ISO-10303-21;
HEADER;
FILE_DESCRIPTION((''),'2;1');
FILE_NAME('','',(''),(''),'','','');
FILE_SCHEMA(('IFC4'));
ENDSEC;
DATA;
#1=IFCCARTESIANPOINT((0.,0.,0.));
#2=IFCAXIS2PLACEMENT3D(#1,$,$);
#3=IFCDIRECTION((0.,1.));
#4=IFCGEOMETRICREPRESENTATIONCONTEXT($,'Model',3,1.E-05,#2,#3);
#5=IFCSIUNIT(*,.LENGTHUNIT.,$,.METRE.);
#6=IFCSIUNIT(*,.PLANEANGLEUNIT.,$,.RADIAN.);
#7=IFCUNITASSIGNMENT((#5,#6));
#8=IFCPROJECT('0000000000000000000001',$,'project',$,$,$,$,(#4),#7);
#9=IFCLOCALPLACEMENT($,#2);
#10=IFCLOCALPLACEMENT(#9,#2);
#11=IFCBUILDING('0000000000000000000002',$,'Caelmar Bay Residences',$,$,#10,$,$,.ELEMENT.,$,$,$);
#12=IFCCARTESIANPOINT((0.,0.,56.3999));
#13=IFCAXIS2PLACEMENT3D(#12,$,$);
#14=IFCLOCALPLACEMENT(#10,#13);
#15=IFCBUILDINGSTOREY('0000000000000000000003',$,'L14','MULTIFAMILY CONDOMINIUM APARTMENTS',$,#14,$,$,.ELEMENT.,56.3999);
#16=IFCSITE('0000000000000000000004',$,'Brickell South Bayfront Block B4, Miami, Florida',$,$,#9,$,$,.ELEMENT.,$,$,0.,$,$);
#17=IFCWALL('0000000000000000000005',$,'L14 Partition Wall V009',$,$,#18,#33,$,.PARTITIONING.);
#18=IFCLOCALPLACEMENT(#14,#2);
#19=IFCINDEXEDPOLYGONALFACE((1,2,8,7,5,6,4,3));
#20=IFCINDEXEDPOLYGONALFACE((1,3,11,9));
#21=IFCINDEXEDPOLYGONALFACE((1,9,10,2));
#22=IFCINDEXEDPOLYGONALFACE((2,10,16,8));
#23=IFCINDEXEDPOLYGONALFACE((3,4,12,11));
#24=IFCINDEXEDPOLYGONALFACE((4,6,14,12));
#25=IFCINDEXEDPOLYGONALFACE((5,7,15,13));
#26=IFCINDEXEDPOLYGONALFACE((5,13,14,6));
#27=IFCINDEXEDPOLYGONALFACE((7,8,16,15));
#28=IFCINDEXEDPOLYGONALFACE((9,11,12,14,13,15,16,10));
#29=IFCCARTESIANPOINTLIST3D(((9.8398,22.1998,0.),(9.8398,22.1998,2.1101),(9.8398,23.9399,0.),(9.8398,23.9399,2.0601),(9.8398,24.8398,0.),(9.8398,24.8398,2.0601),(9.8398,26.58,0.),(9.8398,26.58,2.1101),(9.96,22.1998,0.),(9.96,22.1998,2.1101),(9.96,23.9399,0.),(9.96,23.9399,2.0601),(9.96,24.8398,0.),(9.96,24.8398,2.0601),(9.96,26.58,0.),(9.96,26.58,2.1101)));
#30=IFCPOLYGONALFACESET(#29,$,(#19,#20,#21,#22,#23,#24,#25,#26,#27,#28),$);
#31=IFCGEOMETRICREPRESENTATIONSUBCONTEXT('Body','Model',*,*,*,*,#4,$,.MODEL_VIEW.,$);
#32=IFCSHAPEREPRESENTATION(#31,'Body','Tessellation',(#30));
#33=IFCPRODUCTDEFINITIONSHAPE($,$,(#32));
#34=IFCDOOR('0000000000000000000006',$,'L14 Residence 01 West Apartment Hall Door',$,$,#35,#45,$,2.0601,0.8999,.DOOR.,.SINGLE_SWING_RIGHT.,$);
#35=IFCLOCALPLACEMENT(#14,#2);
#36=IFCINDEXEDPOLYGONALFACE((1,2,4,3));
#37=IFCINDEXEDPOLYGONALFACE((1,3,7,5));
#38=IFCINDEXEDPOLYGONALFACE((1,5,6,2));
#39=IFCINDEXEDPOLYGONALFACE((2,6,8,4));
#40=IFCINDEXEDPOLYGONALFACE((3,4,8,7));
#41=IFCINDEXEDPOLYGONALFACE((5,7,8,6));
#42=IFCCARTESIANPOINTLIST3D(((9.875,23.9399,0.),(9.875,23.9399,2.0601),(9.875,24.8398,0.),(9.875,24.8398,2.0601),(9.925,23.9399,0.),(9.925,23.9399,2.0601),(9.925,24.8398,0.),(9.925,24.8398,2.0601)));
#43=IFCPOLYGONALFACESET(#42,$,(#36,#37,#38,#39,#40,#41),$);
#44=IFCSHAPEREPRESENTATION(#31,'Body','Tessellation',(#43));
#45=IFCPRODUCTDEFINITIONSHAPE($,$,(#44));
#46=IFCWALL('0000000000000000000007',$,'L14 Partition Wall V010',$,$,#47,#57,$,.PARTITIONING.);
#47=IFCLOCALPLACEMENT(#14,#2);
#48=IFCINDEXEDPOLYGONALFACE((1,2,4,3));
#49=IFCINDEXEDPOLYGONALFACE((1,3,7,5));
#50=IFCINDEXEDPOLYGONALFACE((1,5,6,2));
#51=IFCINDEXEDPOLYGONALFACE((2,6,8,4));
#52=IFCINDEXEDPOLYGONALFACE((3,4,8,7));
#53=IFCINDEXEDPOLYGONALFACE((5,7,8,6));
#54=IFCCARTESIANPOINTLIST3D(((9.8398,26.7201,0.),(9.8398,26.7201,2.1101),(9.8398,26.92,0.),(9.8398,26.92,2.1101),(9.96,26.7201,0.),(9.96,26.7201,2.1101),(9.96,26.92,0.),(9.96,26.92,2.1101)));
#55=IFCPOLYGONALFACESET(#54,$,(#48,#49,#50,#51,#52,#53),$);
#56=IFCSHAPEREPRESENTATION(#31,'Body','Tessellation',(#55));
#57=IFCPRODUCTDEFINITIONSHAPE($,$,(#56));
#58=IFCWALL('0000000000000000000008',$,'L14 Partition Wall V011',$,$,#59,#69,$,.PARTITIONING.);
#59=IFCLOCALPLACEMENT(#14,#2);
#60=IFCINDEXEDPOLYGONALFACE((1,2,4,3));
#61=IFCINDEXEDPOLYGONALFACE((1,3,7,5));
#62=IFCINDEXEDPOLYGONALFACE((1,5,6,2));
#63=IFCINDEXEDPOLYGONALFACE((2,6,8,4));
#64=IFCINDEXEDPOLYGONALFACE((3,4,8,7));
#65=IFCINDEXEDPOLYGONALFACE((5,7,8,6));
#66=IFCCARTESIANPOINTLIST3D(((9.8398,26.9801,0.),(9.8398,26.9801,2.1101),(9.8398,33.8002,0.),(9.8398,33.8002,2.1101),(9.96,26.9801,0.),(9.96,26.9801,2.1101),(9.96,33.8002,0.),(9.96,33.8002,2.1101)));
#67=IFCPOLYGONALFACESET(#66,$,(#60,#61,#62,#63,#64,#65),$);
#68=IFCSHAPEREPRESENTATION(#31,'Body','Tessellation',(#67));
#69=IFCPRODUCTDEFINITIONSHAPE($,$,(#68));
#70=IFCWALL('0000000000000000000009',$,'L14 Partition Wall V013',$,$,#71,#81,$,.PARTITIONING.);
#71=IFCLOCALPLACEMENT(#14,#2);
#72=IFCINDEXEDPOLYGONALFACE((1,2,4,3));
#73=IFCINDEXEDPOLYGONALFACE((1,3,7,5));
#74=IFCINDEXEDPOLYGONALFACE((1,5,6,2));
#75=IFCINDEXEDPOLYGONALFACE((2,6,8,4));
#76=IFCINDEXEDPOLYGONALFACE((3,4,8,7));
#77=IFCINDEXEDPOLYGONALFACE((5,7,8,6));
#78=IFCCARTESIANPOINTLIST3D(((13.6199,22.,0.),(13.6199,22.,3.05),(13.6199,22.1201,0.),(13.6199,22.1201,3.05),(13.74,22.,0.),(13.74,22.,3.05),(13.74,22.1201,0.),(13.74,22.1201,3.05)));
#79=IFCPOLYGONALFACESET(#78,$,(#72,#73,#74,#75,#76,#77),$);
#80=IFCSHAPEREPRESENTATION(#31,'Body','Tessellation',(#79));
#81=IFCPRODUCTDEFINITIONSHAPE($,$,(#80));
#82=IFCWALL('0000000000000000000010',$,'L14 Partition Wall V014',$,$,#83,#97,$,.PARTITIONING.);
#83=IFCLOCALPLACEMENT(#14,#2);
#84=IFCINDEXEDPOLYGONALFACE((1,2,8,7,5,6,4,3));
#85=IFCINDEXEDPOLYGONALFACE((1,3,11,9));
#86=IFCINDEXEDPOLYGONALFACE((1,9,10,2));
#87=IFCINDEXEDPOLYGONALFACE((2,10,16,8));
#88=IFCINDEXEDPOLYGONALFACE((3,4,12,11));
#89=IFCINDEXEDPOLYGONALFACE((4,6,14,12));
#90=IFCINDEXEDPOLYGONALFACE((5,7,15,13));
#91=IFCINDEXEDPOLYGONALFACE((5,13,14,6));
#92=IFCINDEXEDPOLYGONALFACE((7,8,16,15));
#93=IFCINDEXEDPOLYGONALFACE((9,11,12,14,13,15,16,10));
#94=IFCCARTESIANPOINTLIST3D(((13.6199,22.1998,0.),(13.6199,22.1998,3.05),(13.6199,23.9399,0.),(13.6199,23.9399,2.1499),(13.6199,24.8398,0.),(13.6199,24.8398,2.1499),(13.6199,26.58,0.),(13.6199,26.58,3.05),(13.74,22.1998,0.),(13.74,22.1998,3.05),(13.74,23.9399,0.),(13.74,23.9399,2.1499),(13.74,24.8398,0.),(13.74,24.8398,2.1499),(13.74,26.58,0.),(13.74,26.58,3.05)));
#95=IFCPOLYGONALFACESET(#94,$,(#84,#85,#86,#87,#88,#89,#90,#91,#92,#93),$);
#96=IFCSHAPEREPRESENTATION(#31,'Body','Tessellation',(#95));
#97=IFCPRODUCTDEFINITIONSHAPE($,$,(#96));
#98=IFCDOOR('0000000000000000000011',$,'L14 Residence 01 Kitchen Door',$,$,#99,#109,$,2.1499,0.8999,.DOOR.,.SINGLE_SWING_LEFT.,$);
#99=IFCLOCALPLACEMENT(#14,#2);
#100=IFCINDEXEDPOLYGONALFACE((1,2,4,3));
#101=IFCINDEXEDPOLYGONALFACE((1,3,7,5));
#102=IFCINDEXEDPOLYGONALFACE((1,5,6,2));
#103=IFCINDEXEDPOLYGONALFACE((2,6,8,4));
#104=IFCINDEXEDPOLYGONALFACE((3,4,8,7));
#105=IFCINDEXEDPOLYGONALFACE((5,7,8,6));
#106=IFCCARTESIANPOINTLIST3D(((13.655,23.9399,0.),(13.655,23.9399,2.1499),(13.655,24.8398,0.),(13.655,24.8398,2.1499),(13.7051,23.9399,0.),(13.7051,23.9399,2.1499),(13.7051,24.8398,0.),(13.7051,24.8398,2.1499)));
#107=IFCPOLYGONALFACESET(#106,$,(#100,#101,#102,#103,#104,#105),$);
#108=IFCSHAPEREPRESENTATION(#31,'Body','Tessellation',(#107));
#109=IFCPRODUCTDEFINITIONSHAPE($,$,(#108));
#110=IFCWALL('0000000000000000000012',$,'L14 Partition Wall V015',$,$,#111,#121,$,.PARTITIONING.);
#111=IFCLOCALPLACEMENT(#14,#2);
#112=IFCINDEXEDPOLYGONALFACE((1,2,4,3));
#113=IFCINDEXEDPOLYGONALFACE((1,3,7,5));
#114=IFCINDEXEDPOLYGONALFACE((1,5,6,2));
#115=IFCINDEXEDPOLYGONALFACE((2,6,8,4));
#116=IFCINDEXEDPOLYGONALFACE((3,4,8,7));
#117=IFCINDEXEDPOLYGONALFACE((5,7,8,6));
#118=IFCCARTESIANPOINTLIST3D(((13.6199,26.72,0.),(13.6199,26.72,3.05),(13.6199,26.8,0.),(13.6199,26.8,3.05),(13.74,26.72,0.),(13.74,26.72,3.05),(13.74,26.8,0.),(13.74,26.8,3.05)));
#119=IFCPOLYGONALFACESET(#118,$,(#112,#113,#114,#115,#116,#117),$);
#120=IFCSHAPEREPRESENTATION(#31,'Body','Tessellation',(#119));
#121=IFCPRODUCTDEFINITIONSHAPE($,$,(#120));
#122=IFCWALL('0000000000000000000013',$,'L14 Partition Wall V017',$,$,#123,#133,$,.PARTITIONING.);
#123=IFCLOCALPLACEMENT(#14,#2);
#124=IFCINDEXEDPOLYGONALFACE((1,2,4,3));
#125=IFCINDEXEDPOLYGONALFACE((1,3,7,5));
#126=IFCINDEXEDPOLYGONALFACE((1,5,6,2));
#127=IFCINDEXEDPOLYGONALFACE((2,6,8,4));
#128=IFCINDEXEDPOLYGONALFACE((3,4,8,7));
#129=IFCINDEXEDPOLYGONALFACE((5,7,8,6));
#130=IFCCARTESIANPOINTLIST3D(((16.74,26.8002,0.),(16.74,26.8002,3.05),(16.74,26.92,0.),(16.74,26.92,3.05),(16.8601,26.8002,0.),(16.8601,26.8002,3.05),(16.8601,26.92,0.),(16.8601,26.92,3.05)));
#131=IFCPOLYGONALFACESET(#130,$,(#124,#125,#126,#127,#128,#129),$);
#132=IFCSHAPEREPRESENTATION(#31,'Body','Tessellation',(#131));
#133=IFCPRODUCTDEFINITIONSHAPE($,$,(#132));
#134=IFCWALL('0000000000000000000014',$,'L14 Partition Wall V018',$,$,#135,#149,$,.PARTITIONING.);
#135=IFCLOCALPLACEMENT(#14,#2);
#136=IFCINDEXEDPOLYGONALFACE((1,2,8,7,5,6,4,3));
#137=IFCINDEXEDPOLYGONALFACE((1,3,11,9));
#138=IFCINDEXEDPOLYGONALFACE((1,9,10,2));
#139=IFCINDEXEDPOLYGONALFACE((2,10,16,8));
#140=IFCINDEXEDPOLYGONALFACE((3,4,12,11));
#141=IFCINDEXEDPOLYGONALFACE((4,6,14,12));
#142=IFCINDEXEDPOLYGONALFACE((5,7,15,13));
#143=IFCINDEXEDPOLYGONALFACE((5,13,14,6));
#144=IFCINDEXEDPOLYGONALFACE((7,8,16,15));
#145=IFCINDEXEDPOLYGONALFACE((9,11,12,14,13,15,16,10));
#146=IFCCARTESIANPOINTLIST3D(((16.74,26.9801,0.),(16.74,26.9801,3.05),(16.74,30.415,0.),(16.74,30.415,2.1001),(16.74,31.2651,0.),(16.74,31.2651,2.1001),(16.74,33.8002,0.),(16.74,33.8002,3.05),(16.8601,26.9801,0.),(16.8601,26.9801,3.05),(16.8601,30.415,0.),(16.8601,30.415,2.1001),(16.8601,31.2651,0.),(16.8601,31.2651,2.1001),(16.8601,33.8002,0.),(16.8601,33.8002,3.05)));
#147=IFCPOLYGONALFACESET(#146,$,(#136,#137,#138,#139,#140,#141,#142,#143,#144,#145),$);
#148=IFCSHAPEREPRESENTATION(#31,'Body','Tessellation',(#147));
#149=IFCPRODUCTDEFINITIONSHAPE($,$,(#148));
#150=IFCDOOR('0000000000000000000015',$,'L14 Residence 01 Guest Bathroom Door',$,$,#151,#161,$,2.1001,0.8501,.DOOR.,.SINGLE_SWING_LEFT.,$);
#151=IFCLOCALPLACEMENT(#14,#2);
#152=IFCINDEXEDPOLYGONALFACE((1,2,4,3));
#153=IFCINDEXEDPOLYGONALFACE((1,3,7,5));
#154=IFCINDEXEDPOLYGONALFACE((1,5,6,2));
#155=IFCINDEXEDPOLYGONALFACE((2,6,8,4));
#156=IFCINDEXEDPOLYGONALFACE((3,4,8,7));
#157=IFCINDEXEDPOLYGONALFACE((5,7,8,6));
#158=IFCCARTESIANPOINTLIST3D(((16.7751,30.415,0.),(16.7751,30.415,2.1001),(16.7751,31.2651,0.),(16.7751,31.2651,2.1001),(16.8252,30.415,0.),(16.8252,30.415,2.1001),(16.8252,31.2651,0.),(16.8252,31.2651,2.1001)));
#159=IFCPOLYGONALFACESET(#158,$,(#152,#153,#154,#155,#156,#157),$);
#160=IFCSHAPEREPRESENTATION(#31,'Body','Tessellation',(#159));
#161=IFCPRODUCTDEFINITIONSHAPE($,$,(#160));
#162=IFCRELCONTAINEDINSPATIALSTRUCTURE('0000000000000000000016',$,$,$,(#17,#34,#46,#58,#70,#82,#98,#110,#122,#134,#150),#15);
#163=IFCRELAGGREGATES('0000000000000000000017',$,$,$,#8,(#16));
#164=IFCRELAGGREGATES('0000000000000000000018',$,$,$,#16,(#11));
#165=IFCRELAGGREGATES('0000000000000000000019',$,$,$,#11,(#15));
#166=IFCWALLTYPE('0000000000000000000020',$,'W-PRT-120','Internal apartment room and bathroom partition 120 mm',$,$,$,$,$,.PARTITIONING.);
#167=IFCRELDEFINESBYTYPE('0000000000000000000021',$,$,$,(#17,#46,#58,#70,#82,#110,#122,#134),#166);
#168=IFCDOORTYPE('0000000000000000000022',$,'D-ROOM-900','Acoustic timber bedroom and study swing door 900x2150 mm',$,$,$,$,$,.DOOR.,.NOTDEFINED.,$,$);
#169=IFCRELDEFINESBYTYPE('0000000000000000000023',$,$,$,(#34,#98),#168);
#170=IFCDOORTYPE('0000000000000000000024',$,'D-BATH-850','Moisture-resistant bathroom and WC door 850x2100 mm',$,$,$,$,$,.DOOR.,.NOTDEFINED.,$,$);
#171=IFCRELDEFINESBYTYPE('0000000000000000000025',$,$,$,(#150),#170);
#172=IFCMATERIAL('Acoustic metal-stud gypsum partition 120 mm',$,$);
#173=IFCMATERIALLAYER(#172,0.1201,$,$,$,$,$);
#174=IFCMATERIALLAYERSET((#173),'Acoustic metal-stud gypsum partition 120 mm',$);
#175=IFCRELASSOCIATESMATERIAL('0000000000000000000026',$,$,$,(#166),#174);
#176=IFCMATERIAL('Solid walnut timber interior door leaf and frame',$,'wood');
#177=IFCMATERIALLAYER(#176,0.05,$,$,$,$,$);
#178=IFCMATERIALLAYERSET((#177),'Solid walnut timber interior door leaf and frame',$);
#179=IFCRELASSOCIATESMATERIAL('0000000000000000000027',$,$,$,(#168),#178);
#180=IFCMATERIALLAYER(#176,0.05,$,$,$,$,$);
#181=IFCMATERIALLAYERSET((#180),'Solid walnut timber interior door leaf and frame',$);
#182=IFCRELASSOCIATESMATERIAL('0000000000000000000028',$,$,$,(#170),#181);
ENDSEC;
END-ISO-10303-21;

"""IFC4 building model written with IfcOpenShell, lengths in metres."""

from ifc_helpers import new_model, si_unit, direction, frame, frame_2d, origin, place, context, subcontext, project, spatial, rectangle, extrude, material, layer, layer_set, type_object, element, fill, save


model = new_model("IFC4")

# Units and contexts
model_context = context("Model", 3, precision=1e-05, world=origin(), true_north=direction((0.0, 1.0)))
body_context = subcontext(model_context, "Body", "Model", "MODEL_VIEW")
ifc_project = project(units=[si_unit("LENGTHUNIT", "METRE"), si_unit("PLANEANGLEUNIT", "RADIAN")], contexts=[model_context])

# Site, building, storey
site_placement = place(None, origin())
site = spatial("IfcSite", under=ifc_project, at=site_placement, Name="Brickell South Bayfront Block B4, Miami, Florida", CompositionType="ELEMENT", RefElevation=0.0)
building_placement = place(site_placement, origin())
building = spatial("IfcBuilding", under=site, at=building_placement, Name="Caelmar Bay Residences", CompositionType="ELEMENT")
storey_placement = place(building_placement, frame((0.0, 0.0, 56.3999)))
storey = spatial("IfcBuildingStorey", under=building, at=storey_placement, Name="L14", Description="MULTIFAMILY CONDOMINIUM APARTMENTS", CompositionType="ELEMENT", Elevation=56.3999)

# Shared definitions
ifc_material_1 = material(Name="Acoustic metal-stud gypsum partition 120 mm")
ifc_layer_1 = layer(ifc_material_1, 0.1201)
ifc_layer_set_1 = layer_set([ifc_layer_1], Name="Acoustic metal-stud gypsum partition 120 mm")
wall_type_1 = type_object("IfcWallType", Name="W-PRT-120", Description="Internal apartment room and bathroom partition 120 mm", PredefinedType="PARTITIONING", material=ifc_layer_set_1)

# Wall, opening, door
wall_1_placement = place(storey_placement, frame((9.8999, 22.2, 0.0), z_axis=(0.0, 0.0, 1.0), x_axis=(0.0, 1.0, 0.0)))
wall_1 = element("IfcWall", 1, at=wall_1_placement, inside=storey, type_object=wall_type_1, Name="L14 Partition Wall V009", PredefinedType="PARTITIONING", context=body_context, shape_type="SweptSolid", body=[
    extrude(rectangle(XDim=4.3801, YDim=0.1201, at=frame_2d((2.1899, 0.0))), origin(), (0.0, 0.0, 1.0), 2.1101),
])
opening_1_placement = place(wall_1_placement, frame((1.74, 0.0, 0.0)))
opening_1 = element("IfcOpeningElement", 2, at=opening_1_placement, cuts=wall_1, PredefinedType="OPENING", context=body_context, shape_type="SweptSolid", body=[
    extrude(rectangle(XDim=0.8999, YDim=2.0601, at=frame_2d((0.45, 1.03))), frame((0.0, 0.0701, 0.0), z_axis=(0.0, -1.0, 0.0), x_axis=(1.0, 0.0, 0.0)), (0.0, 0.0, 1.0), 0.1401),
])
ifc_material_2 = material(Name="Solid walnut timber interior door leaf and frame", Category="wood")
ifc_layer_2 = layer(ifc_material_2, 0.05)
ifc_layer_set_2 = layer_set([ifc_layer_2], Name="Solid walnut timber interior door leaf and frame")
door_type_1 = type_object("IfcDoorType", Name="D-ROOM-900", Description="Acoustic timber bedroom and study swing door 900x2150 mm", OperationType="NOTDEFINED", PredefinedType="DOOR", material=ifc_layer_set_2)
door_1_placement = place(opening_1_placement, origin())
door_1 = element("IfcDoor", 3, at=door_1_placement, inside=storey, type_object=door_type_1, Name="L14 Residence 01 West Apartment Hall Door", OperationType="SINGLE_SWING_RIGHT", OverallHeight=2.0601, OverallWidth=0.8999, PredefinedType="DOOR", context=body_context, shape_type="SweptSolid", body=[
    extrude(rectangle(XDim=0.8999, YDim=2.0601, at=frame_2d((0.45, 1.03))), frame((0.0, 0.0249, 0.0), z_axis=(0.0, -1.0, 0.0), x_axis=(1.0, 0.0, 0.0)), (0.0, 0.0, 1.0), 0.05),
])
fill(opening_1, door_1)

# Walls
wall_2_placement = place(storey_placement, frame((9.8999, 26.72, 0.0), z_axis=(0.0, 0.0, 1.0), x_axis=(0.0, 1.0, 0.0)))
element("IfcWall", 4, at=wall_2_placement, inside=storey, type_object=wall_type_1, Name="L14 Partition Wall V010", PredefinedType="PARTITIONING", context=body_context, shape_type="SweptSolid", body=[
    extrude(rectangle(XDim=0.2, YDim=0.1201, at=frame_2d((0.1001, 0.0))), origin(), (0.0, 0.0, 1.0), 2.1101),
])
wall_3_placement = place(storey_placement, frame((9.8999, 26.98, 0.0), z_axis=(0.0, 0.0, 1.0), x_axis=(0.0, 1.0, 0.0)))
element("IfcWall", 5, at=wall_3_placement, inside=storey, type_object=wall_type_1, Name="L14 Partition Wall V011", PredefinedType="PARTITIONING", context=body_context, shape_type="SweptSolid", body=[
    extrude(rectangle(XDim=6.8201, YDim=0.1201, at=frame_2d((3.4102, 0.0))), origin(), (0.0, 0.0, 1.0), 2.1101),
])
wall_4_placement = place(storey_placement, frame((13.6799, 22.0, 0.0), z_axis=(0.0, 0.0, 1.0), x_axis=(0.0, 1.0, 0.0)))
element("IfcWall", 6, at=wall_4_placement, inside=storey, type_object=wall_type_1, Name="L14 Partition Wall V013", PredefinedType="PARTITIONING", context=body_context, shape_type="SweptSolid", body=[
    extrude(rectangle(XDim=0.1201, YDim=0.1201, at=frame_2d((0.0601, 0.0))), origin(), (0.0, 0.0, 1.0), 3.05),
])

# Wall, opening, door
wall_5_placement = place(storey_placement, frame((13.6799, 22.2, 0.0), z_axis=(0.0, 0.0, 1.0), x_axis=(0.0, 1.0, 0.0)))
wall_5 = element("IfcWall", 7, at=wall_5_placement, inside=storey, type_object=wall_type_1, Name="L14 Partition Wall V014", PredefinedType="PARTITIONING", context=body_context, shape_type="SweptSolid", body=[
    extrude(rectangle(XDim=4.3801, YDim=0.1201, at=frame_2d((2.1899, 0.0))), origin(), (0.0, 0.0, 1.0), 3.05),
])
opening_2_placement = place(wall_5_placement, frame((1.74, 0.0, 0.0)))
opening_2 = element("IfcOpeningElement", 8, at=opening_2_placement, cuts=wall_5, PredefinedType="OPENING", context=body_context, shape_type="SweptSolid", body=[
    extrude(rectangle(XDim=0.8999, YDim=2.1499, at=frame_2d((0.45, 1.075))), frame((0.0, 0.0701, 0.0), z_axis=(0.0, -1.0, 0.0), x_axis=(1.0, 0.0, 0.0)), (0.0, 0.0, 1.0), 0.1401),
])
door_2_placement = place(opening_2_placement, origin())
door_2 = element("IfcDoor", 9, at=door_2_placement, inside=storey, type_object=door_type_1, Name="L14 Residence 01 Kitchen Door", OperationType="SINGLE_SWING_LEFT", OverallHeight=2.1499, OverallWidth=0.8999, PredefinedType="DOOR", context=body_context, shape_type="SweptSolid", body=[
    extrude(rectangle(XDim=0.8999, YDim=2.1499, at=frame_2d((0.45, 1.075))), frame((0.0, 0.0249, 0.0), z_axis=(0.0, -1.0, 0.0), x_axis=(1.0, 0.0, 0.0)), (0.0, 0.0, 1.0), 0.05),
])
fill(opening_2, door_2)

# Walls
wall_6_placement = place(storey_placement, frame((13.6799, 26.72, 0.0), z_axis=(0.0, 0.0, 1.0), x_axis=(0.0, 1.0, 0.0)))
element("IfcWall", 10, at=wall_6_placement, inside=storey, type_object=wall_type_1, Name="L14 Partition Wall V015", PredefinedType="PARTITIONING", context=body_context, shape_type="SweptSolid", body=[
    extrude(rectangle(XDim=0.0801, YDim=0.1201, at=frame_2d((0.04, 0.0))), origin(), (0.0, 0.0, 1.0), 3.05),
])
wall_7_placement = place(storey_placement, frame((16.8, 26.8, 0.0), z_axis=(0.0, 0.0, 1.0), x_axis=(0.0, 1.0, 0.0)))
element("IfcWall", 11, at=wall_7_placement, inside=storey, type_object=wall_type_1, Name="L14 Partition Wall V017", PredefinedType="PARTITIONING", context=body_context, shape_type="SweptSolid", body=[
    extrude(rectangle(XDim=0.1199, YDim=0.1201, at=frame_2d((0.0601, 0.0))), origin(), (0.0, 0.0, 1.0), 3.05),
])

# Wall, opening, door
wall_8_placement = place(storey_placement, frame((16.8, 26.98, 0.0), z_axis=(0.0, 0.0, 1.0), x_axis=(0.0, 1.0, 0.0)))
wall_8 = element("IfcWall", 12, at=wall_8_placement, inside=storey, type_object=wall_type_1, Name="L14 Partition Wall V018", PredefinedType="PARTITIONING", context=body_context, shape_type="SweptSolid", body=[
    extrude(rectangle(XDim=6.8201, YDim=0.1201, at=frame_2d((3.4102, 0.0))), origin(), (0.0, 0.0, 1.0), 3.05),
])
opening_3_placement = place(wall_8_placement, frame((3.4351, 0.0, 0.0)))
opening_3 = element("IfcOpeningElement", 13, at=opening_3_placement, cuts=wall_8, PredefinedType="OPENING", context=body_context, shape_type="SweptSolid", body=[
    extrude(rectangle(XDim=0.8501, YDim=2.1001, at=frame_2d((0.425, 1.05))), frame((0.0, 0.0701, 0.0), z_axis=(0.0, -1.0, 0.0), x_axis=(1.0, 0.0, 0.0)), (0.0, 0.0, 1.0), 0.1401),
])
ifc_layer_3 = layer(ifc_material_2, 0.05)
ifc_layer_set_3 = layer_set([ifc_layer_3], Name="Solid walnut timber interior door leaf and frame")
door_type_2 = type_object("IfcDoorType", Name="D-BATH-850", Description="Moisture-resistant bathroom and WC door 850x2100 mm", OperationType="NOTDEFINED", PredefinedType="DOOR", material=ifc_layer_set_3)
door_3_placement = place(opening_3_placement, origin())
door_3 = element("IfcDoor", 14, at=door_3_placement, inside=storey, type_object=door_type_2, Name="L14 Residence 01 Guest Bathroom Door", OperationType="SINGLE_SWING_LEFT", OverallHeight=2.1001, OverallWidth=0.8501, PredefinedType="DOOR", context=body_context, shape_type="SweptSolid", body=[
    extrude(rectangle(XDim=0.8501, YDim=2.1001, at=frame_2d((0.425, 1.05))), frame((0.0, 0.0249, 0.0), z_axis=(0.0, -1.0, 0.0), x_axis=(1.0, 0.0, 0.0)), (0.0, 0.0, 1.0), 0.05),
])
fill(opening_3, door_3)

save(model, "model.ifc")
